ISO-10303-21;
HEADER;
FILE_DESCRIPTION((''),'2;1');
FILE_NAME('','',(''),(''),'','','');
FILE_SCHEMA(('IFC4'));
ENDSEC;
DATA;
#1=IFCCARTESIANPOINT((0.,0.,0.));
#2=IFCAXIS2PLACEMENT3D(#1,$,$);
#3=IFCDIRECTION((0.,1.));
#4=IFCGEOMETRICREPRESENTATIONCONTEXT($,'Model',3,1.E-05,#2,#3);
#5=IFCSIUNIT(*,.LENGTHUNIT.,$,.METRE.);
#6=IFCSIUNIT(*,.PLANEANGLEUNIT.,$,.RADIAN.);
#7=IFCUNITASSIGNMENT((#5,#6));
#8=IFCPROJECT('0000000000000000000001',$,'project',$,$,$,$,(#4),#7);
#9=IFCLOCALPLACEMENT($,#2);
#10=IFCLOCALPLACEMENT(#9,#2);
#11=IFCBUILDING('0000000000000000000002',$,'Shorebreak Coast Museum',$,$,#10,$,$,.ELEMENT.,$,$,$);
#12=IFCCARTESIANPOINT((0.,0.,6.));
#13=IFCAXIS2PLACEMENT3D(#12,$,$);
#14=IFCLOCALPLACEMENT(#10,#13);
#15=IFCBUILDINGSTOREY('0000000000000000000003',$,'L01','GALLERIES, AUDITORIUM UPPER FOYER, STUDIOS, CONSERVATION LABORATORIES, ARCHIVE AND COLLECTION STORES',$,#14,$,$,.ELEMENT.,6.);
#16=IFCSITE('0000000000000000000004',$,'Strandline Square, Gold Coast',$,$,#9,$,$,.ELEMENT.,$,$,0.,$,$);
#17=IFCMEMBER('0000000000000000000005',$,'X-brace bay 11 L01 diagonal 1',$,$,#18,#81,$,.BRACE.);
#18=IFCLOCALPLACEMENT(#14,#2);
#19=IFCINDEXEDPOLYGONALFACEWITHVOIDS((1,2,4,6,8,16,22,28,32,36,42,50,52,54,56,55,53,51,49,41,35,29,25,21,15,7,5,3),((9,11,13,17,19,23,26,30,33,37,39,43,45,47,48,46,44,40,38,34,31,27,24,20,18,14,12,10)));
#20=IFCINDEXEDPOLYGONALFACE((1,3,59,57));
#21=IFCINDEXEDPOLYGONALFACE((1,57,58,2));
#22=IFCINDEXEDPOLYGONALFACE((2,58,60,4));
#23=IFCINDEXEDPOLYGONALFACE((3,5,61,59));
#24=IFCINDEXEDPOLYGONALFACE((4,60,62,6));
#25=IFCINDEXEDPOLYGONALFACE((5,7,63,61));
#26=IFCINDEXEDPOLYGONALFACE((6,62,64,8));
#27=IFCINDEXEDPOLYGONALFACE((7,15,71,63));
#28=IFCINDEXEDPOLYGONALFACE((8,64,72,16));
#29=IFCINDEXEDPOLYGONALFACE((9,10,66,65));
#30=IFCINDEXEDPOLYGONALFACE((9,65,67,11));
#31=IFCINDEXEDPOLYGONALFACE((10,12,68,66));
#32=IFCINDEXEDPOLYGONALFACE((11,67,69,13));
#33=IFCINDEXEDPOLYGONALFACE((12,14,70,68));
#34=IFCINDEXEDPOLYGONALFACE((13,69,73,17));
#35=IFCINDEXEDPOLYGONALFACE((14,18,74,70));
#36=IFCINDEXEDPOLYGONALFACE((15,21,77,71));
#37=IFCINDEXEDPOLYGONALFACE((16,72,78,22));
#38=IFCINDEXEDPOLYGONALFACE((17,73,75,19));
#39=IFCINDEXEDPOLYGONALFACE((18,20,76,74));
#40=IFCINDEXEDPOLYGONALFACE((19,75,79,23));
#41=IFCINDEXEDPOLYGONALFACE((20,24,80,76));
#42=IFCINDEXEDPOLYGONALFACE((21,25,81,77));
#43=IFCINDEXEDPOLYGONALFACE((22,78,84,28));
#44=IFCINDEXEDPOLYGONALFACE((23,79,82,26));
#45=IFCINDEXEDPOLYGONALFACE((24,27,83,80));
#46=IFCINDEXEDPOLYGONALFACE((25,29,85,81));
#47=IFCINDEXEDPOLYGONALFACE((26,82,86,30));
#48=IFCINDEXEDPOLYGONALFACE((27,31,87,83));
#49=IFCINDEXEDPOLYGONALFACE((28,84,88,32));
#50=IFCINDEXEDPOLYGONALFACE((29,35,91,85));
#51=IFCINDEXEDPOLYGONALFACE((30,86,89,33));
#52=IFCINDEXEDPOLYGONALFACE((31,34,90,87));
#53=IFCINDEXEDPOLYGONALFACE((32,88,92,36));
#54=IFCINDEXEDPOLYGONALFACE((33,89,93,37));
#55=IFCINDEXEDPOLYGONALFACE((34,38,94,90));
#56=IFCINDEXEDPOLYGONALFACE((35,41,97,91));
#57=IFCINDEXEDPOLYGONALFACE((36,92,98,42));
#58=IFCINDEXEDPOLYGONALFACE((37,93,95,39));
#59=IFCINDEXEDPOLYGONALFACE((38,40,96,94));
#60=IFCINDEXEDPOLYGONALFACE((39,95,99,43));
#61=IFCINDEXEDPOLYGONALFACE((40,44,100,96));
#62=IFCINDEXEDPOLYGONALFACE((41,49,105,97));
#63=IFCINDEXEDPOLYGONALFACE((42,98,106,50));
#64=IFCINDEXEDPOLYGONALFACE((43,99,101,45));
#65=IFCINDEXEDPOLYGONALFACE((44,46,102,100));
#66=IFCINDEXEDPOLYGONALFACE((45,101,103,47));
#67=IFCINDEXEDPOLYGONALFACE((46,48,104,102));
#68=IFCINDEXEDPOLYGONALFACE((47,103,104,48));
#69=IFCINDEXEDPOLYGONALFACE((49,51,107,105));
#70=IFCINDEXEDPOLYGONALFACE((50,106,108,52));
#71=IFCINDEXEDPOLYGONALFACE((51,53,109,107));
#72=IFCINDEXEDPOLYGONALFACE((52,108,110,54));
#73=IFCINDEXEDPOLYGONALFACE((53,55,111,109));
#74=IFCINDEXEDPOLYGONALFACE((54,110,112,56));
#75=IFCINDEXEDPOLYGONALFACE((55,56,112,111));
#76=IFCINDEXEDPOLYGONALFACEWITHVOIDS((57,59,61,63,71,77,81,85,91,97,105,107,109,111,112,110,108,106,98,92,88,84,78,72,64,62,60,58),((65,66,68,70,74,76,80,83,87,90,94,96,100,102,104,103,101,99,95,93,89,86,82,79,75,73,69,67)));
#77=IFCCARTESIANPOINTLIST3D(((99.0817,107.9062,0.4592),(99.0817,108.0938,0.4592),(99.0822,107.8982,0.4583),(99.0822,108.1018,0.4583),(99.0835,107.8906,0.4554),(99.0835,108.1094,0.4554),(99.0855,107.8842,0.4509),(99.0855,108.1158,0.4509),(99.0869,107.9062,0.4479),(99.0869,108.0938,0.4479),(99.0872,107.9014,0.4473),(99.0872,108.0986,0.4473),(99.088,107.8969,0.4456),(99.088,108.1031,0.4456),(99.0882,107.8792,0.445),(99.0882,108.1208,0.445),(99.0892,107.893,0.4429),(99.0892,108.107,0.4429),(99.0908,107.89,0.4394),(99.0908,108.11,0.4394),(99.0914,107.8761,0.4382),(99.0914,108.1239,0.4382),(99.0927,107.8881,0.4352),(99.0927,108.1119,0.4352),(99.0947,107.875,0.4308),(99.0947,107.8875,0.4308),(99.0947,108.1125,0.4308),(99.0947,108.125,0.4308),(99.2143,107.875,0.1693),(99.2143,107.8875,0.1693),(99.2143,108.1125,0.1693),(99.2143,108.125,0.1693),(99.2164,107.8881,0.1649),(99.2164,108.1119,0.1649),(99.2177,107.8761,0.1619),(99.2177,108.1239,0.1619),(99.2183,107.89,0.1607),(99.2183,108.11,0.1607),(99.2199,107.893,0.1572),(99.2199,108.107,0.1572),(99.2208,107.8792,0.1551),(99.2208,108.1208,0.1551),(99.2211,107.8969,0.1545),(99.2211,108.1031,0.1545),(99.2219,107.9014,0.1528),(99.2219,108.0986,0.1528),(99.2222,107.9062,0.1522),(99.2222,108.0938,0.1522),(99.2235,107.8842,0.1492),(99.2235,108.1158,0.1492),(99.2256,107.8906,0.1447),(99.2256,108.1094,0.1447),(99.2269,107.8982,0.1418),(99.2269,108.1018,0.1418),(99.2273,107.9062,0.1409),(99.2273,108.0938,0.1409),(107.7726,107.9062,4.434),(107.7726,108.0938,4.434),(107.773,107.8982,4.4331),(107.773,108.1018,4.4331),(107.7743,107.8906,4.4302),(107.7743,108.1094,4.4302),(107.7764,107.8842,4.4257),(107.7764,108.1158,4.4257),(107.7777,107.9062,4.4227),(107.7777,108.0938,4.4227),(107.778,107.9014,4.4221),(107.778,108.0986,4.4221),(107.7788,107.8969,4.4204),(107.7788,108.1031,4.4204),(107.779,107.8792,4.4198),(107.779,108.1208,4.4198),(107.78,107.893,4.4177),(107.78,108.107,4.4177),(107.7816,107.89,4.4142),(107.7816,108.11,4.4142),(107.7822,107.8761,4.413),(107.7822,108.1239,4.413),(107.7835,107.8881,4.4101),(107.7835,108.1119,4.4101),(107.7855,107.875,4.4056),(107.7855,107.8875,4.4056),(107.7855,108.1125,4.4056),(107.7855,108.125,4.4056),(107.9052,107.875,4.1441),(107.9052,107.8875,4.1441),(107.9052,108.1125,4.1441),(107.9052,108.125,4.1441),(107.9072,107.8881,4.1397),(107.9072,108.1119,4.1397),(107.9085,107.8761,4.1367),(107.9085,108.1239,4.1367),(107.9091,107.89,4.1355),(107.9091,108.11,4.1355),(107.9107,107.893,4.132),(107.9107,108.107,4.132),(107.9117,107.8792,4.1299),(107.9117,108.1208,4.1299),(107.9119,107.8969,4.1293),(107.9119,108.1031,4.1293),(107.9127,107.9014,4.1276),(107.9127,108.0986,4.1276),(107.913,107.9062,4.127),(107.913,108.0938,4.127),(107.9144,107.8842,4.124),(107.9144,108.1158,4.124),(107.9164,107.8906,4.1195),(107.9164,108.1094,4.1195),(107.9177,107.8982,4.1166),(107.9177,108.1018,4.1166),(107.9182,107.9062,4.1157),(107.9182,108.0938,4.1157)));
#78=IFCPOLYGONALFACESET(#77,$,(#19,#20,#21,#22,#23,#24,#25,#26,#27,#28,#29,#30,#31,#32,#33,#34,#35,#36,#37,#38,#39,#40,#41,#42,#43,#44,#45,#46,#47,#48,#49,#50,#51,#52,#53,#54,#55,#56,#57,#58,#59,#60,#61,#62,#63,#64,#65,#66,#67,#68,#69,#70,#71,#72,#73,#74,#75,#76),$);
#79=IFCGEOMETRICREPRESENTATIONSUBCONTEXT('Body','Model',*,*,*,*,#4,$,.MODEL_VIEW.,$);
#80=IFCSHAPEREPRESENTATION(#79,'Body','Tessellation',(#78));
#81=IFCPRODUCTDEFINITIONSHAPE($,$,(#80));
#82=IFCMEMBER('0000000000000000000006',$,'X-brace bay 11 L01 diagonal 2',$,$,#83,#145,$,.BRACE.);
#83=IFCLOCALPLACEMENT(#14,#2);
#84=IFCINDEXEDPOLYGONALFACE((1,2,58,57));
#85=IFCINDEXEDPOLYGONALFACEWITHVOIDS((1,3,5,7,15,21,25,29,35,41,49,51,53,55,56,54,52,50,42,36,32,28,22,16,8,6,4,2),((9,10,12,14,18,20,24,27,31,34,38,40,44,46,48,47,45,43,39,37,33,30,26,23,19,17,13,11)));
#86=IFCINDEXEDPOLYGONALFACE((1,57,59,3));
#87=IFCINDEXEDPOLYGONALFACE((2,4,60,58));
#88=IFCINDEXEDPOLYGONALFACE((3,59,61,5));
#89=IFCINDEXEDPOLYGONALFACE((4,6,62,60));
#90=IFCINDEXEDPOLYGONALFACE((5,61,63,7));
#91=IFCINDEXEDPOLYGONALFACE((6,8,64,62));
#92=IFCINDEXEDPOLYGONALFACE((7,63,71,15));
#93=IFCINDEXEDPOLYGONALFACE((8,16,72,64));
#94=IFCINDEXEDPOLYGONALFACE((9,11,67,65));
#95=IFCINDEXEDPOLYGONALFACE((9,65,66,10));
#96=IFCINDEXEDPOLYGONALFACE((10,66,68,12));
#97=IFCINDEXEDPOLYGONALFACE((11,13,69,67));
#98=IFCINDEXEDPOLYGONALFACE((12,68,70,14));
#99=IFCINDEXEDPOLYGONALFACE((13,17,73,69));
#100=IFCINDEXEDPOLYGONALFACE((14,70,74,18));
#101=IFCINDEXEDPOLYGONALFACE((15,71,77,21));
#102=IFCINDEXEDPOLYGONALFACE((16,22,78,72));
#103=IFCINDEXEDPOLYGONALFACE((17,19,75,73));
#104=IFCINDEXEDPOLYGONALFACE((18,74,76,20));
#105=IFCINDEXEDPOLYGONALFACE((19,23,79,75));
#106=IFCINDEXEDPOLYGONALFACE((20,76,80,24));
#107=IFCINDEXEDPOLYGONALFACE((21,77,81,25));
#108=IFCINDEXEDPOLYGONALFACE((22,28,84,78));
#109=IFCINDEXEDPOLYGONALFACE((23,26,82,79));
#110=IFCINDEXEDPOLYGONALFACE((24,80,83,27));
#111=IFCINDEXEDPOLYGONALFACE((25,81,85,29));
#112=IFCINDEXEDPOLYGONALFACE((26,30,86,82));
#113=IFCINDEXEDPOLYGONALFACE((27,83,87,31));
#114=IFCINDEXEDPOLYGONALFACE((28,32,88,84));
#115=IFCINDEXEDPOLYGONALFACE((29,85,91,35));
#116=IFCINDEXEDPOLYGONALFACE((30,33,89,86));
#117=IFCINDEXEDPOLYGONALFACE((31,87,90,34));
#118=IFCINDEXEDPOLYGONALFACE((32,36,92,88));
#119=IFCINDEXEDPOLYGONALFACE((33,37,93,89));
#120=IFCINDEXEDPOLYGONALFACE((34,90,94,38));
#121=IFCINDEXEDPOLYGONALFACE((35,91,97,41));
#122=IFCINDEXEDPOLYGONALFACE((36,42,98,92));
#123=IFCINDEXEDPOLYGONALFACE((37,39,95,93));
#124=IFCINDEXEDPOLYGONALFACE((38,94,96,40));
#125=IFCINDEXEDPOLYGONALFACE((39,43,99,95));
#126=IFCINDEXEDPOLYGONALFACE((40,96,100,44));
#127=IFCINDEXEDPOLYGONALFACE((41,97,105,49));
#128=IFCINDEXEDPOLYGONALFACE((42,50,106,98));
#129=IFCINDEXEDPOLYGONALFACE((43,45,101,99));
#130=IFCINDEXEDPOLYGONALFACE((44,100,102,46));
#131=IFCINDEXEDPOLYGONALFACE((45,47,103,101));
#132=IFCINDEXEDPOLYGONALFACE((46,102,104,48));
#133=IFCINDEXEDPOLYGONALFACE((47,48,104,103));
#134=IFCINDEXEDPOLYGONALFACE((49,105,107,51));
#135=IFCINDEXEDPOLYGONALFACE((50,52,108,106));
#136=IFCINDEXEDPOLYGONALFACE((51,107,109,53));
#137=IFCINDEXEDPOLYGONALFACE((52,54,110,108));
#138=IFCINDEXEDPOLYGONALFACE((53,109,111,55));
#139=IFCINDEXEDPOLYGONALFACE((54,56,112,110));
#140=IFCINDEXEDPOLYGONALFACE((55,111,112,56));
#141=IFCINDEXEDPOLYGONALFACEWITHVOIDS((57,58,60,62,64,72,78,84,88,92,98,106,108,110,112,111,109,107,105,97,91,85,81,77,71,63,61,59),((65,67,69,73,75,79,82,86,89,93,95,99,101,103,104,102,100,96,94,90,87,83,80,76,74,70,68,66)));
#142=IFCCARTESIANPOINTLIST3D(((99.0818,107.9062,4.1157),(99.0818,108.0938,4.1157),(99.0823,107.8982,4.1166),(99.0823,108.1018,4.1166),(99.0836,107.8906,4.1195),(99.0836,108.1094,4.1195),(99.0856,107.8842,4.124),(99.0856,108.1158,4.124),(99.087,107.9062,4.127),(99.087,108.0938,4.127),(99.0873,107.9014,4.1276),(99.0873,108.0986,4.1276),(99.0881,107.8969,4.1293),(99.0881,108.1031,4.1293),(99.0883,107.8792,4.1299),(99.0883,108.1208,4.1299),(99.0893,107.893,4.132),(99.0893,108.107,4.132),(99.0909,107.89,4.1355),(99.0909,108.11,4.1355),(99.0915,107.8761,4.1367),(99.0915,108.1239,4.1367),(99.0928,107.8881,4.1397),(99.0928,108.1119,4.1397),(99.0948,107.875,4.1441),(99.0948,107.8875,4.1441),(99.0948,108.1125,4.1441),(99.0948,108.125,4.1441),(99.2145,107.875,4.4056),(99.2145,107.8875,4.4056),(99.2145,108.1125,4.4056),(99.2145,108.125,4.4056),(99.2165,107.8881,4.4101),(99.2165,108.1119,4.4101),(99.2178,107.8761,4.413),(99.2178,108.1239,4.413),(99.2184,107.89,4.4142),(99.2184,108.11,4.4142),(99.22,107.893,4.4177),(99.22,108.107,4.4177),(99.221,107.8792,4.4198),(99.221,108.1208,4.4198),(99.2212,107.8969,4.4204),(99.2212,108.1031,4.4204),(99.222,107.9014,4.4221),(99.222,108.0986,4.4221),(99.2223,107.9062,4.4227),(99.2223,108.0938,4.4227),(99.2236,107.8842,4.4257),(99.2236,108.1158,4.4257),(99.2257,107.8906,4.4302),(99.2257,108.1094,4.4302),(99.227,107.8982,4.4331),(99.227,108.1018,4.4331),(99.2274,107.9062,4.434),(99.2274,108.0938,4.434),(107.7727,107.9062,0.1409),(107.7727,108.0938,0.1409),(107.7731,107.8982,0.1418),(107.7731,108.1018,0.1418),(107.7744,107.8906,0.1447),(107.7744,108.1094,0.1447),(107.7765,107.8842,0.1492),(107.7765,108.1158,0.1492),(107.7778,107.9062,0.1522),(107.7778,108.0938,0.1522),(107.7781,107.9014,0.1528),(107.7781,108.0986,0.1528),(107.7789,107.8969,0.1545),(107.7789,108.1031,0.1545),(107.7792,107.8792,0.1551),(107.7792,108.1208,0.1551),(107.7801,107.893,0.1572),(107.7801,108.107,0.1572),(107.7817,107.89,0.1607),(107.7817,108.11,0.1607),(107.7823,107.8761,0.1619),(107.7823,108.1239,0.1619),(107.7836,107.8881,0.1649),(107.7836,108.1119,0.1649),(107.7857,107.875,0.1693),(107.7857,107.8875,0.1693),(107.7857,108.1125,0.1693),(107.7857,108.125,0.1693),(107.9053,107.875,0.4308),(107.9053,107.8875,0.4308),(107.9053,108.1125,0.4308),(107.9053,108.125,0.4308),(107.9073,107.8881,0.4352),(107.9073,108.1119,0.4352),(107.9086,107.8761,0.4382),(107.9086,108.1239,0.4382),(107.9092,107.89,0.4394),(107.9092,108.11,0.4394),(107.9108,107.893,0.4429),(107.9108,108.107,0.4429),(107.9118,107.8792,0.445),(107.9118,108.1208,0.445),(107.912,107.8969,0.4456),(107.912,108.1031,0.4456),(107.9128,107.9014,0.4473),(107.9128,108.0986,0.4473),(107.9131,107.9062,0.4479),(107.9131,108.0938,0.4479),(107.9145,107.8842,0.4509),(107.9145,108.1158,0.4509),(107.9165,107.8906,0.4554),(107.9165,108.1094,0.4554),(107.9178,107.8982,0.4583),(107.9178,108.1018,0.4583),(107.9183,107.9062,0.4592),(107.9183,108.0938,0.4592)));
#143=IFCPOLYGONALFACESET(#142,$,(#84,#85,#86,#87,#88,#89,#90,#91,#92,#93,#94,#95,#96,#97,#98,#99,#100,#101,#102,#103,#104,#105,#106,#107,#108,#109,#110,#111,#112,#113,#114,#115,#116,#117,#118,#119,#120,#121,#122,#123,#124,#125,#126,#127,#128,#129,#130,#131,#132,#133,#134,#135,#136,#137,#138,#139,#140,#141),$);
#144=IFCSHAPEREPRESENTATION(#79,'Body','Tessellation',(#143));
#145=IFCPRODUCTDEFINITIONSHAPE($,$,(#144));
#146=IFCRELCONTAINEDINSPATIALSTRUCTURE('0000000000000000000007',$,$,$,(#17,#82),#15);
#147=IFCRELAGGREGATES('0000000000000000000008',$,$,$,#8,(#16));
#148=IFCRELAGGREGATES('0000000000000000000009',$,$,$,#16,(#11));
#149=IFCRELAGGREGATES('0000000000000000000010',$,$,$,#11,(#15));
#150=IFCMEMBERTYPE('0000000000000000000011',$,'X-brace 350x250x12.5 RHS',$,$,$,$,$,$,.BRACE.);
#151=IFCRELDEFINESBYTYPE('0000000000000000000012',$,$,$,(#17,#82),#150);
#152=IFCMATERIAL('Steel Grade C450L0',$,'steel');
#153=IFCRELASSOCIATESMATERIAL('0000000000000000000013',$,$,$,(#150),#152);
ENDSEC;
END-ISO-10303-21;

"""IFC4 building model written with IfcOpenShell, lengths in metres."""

from ifc_helpers import new_model, si_unit, direction, frame, origin, origin_2d, place, context, subcontext, project, spatial, hollow_rectangle, extrude, material, material_profile, profile_set, type_object, element, save


model = new_model("IFC4")

# Units and contexts
model_context = context("Model", 3, precision=1e-05, world=origin(), true_north=direction((0.0, 1.0)))
body_context = subcontext(model_context, "Body", "Model", "MODEL_VIEW")
ifc_project = project(units=[si_unit("LENGTHUNIT", "METRE"), si_unit("PLANEANGLEUNIT", "RADIAN")], contexts=[model_context])

# Site, building, storey
site_placement = place(None, origin())
site = spatial("IfcSite", under=ifc_project, at=site_placement, Name="Strandline Square, Gold Coast", CompositionType="ELEMENT", RefElevation=0.0)
building_placement = place(site_placement, origin())
building = spatial("IfcBuilding", under=site, at=building_placement, Name="Shorebreak Coast Museum", CompositionType="ELEMENT")
storey_placement = place(building_placement, frame((0.0, 0.0, 6.0)))
storey = spatial("IfcBuildingStorey", under=building, at=storey_placement, Name="L01", Description="GALLERIES, AUDITORIUM UPPER FOYER, STUDIOS, CONSERVATION LABORATORIES, ARCHIVE AND COLLECTION STORES", CompositionType="ELEMENT", Elevation=6.0)

# Members
ifc_material_1 = material(Name="Steel Grade C450L0", Category="steel")
ifc_material_profile_1 = material_profile(ifc_material_1, hollow_rectangle(XDim=0.25, YDim=0.3501, WallThickness=0.0125, InnerFilletRadius=0.0188, OuterFilletRadius=0.0312, at=origin_2d()), Name="350x250x12.5 RHS")
ifc_profile_set_1 = profile_set([ifc_material_profile_1], Name="Steel Grade C450L0")
member_type = type_object("IfcMemberType", Name="X-brace 350x250x12.5 RHS", PredefinedType="BRACE", material=ifc_profile_set_1)
for number, where, z_axis, x_axis, name in (
    (1, (99.1545, 108.0, 0.3), (0.909401, 0.0, 0.415921), (0.0, 1.0, 0.0), "X-brace bay 11 L01 diagonal 1"),
    (2, (107.8455, 108.0, 0.3), (-0.909401, 0.0, 0.415921), (0.0, -1.0, 0.0), "X-brace bay 11 L01 diagonal 2"),
):
    element("IfcMember", number, at=place(storey_placement, frame(where, z_axis=z_axis, x_axis=x_axis)), inside=storey, type_object=member_type, Name=name, PredefinedType="BRACE", context=body_context, shape_type="SweptSolid", body=[
        extrude(hollow_rectangle(XDim=0.25, YDim=0.3501, WallThickness=0.0125, InnerFilletRadius=0.0188, OuterFilletRadius=0.0312, at=origin_2d()), origin(), (0.0, 0.0, 1.0), 9.5566),
    ])

save(model, "model.ifc")
